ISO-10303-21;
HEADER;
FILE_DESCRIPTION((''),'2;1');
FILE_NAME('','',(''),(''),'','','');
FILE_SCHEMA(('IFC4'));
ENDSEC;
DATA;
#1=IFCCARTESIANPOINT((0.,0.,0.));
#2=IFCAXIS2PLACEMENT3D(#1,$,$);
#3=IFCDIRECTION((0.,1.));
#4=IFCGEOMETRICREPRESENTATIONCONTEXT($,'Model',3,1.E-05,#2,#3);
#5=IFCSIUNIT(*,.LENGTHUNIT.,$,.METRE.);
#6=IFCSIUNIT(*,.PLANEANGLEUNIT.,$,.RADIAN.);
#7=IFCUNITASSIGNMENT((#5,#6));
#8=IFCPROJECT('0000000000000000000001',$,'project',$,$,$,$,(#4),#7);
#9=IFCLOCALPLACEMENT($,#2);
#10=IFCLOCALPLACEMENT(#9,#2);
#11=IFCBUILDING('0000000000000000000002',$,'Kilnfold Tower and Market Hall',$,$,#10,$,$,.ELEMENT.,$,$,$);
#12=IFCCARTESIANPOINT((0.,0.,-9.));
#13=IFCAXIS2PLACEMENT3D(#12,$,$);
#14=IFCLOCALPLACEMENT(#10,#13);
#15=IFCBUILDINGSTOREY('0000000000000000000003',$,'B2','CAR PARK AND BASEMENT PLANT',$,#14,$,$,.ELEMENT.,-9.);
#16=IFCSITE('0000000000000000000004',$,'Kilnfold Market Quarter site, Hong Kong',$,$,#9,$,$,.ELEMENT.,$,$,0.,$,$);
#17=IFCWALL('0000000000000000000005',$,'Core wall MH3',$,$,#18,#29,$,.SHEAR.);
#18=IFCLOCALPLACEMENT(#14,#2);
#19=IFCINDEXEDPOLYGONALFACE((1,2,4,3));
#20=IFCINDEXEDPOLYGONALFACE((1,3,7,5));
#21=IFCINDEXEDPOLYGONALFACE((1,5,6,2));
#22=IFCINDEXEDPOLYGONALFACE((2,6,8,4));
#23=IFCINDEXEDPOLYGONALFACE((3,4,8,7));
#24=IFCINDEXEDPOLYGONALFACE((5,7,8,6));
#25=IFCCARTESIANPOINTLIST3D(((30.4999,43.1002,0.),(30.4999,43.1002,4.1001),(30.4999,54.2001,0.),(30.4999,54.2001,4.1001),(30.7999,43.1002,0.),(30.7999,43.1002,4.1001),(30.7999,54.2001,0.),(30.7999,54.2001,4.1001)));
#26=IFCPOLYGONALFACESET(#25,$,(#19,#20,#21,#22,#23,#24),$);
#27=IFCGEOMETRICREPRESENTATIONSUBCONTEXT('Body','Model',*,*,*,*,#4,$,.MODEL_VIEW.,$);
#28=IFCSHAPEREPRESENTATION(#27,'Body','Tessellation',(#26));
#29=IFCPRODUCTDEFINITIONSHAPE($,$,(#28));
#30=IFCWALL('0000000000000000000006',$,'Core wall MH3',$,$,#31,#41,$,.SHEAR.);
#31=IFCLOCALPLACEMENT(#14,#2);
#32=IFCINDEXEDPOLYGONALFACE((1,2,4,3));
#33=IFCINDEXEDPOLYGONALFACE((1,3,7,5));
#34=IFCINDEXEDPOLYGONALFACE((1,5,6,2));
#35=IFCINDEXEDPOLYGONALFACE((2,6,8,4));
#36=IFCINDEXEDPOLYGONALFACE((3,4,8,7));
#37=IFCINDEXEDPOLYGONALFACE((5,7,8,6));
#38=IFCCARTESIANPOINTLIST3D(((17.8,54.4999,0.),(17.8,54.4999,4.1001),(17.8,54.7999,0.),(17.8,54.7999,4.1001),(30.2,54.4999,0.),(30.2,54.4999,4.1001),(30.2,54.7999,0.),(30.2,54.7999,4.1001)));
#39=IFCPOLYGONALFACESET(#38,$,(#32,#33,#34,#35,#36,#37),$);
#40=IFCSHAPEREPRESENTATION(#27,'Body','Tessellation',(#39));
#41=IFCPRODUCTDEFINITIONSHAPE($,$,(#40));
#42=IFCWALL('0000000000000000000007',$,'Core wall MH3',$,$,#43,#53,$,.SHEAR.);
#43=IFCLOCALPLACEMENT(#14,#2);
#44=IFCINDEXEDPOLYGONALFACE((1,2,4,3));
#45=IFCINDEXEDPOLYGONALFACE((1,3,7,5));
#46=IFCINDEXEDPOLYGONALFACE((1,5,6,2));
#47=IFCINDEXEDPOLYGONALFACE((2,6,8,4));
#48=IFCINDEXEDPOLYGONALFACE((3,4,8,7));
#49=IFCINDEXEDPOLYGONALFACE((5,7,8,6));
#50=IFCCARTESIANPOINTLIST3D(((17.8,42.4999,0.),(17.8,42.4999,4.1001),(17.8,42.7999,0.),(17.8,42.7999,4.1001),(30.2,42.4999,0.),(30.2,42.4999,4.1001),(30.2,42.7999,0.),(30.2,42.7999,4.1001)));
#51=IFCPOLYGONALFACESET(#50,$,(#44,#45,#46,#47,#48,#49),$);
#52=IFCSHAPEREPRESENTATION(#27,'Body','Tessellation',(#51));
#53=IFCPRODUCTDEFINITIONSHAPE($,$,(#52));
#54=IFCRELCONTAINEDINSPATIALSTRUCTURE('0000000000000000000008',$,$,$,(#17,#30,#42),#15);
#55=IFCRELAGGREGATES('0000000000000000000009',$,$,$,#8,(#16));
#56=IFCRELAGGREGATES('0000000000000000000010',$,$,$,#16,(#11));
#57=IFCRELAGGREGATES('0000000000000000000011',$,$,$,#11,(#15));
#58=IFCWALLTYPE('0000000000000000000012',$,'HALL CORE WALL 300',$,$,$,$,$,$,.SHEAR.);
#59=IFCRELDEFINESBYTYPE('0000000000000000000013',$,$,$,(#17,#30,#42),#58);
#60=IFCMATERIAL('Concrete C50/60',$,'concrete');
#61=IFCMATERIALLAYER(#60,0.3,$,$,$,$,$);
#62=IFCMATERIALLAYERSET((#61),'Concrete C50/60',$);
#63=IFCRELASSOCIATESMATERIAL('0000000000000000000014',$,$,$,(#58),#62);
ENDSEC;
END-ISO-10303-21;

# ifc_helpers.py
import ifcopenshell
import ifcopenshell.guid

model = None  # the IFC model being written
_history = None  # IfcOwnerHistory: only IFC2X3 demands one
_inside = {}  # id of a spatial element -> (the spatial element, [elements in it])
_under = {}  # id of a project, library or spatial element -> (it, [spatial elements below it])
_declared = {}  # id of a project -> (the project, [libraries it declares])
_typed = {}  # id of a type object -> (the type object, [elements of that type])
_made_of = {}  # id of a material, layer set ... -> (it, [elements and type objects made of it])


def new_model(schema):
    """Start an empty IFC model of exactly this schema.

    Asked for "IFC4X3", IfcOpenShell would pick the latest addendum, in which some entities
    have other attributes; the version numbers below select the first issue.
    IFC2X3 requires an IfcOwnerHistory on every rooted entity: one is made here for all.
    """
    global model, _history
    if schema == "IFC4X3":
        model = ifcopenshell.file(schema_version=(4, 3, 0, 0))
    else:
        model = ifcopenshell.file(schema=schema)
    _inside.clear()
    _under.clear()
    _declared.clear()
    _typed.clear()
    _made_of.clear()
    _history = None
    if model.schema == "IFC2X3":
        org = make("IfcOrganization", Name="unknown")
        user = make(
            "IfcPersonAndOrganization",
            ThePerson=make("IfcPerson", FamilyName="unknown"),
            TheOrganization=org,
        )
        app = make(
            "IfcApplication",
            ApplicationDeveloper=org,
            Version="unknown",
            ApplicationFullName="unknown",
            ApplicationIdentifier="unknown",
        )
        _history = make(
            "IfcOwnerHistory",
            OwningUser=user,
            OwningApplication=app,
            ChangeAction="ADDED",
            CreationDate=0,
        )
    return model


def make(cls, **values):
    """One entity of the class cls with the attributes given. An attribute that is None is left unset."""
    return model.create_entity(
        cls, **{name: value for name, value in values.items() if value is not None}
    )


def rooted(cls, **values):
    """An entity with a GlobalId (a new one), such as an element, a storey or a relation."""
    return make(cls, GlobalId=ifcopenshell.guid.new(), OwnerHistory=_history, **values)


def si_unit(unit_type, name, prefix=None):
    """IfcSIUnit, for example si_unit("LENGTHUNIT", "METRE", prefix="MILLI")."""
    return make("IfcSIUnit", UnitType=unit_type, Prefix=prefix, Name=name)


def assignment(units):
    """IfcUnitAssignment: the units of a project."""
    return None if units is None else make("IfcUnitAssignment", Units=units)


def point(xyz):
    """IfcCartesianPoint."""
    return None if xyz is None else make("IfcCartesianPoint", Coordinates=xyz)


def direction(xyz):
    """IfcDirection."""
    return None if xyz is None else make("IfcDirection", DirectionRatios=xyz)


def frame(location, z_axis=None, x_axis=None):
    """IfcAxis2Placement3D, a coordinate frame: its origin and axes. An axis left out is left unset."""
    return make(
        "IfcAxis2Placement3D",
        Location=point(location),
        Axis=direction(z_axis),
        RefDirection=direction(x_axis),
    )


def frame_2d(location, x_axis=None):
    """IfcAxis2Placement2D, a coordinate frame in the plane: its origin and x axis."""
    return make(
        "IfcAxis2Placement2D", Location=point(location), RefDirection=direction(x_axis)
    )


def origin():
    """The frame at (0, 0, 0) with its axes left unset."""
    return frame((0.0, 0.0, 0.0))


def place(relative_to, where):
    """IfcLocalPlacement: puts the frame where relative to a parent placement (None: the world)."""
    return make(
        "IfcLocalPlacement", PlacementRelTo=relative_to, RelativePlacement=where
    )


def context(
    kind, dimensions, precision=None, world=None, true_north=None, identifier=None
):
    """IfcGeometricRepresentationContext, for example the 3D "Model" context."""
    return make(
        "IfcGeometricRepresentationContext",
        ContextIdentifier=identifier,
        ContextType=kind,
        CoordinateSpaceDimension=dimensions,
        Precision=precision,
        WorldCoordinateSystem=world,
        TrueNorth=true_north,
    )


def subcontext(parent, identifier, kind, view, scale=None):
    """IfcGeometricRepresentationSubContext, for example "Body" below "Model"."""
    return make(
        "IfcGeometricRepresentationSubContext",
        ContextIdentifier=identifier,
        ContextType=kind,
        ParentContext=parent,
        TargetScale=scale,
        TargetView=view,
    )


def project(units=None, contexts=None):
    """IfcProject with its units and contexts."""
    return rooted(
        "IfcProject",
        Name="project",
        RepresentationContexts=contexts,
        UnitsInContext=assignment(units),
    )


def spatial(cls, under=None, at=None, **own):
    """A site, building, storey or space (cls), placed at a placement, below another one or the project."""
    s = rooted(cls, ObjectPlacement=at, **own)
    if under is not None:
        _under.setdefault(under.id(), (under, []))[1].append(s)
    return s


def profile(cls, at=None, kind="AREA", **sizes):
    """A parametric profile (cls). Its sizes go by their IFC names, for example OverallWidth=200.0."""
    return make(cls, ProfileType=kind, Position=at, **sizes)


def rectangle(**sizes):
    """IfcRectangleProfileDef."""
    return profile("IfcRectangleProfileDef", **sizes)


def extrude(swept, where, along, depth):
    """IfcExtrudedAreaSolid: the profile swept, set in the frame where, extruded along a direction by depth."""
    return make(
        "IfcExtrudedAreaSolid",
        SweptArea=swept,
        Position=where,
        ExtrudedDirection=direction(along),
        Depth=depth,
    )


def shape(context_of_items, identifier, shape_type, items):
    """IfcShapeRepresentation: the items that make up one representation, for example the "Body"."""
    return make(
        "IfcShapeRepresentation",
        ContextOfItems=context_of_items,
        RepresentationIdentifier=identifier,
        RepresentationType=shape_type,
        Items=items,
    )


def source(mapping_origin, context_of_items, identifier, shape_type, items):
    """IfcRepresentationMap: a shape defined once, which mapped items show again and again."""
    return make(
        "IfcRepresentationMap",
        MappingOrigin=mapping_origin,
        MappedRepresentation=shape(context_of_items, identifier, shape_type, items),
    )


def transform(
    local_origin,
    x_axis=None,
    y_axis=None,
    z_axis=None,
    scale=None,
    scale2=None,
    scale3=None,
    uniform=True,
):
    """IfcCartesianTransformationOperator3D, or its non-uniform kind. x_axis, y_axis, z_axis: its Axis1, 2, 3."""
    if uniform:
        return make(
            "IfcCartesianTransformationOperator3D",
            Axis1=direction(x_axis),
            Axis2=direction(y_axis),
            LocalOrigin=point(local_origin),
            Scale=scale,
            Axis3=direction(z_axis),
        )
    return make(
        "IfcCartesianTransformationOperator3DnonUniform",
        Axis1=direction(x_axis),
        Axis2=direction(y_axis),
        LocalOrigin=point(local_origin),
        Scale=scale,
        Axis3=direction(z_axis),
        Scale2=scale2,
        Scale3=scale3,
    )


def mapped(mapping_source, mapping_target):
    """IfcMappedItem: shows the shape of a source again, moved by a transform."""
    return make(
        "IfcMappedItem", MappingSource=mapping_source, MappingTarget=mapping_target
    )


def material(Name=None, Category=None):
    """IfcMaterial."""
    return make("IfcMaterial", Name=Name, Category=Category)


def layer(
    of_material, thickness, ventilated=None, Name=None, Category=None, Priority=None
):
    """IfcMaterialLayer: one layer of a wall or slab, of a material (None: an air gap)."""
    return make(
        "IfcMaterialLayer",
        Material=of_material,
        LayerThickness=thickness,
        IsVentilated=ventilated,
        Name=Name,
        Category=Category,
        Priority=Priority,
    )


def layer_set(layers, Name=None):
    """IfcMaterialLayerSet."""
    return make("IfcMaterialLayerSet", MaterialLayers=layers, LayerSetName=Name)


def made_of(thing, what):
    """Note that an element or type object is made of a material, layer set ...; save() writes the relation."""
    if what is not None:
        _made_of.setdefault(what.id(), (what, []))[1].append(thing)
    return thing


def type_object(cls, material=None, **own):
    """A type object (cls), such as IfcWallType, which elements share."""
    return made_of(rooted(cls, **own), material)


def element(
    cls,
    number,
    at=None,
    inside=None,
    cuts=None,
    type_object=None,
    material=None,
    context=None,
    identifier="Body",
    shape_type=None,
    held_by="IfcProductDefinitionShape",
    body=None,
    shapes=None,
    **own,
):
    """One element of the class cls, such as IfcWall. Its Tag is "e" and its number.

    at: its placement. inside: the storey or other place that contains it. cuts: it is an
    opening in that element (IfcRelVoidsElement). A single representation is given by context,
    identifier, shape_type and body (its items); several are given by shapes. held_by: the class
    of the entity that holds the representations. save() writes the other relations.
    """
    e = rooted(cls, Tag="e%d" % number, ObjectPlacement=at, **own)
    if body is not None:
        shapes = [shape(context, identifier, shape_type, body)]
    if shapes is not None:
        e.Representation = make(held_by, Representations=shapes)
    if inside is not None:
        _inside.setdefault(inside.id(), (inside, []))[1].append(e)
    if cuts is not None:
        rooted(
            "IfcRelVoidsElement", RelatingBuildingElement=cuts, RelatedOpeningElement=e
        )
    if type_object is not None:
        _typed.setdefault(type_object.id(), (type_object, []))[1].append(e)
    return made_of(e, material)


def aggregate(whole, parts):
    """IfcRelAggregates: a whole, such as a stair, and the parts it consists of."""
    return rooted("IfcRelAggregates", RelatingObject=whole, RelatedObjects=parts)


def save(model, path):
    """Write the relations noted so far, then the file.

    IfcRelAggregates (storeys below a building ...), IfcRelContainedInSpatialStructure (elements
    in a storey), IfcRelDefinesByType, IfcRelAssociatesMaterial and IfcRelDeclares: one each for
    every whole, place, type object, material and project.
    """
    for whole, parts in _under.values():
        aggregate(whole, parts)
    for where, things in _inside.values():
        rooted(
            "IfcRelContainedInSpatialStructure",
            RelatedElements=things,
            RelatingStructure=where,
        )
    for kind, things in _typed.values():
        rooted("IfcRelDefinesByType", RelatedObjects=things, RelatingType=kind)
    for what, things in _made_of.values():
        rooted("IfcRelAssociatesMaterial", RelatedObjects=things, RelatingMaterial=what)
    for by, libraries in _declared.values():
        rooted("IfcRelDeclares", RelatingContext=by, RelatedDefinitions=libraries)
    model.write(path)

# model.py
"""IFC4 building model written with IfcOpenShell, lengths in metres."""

from ifc_helpers import new_model, si_unit, direction, frame, frame_2d, origin, place, context, subcontext, project, spatial, rectangle, extrude, source, transform, mapped, material, layer, layer_set, type_object, element, save


model = new_model("IFC4")

# Units and contexts
model_context = context("Model", 3, precision=1e-05, world=origin(), true_north=direction((0.0, 1.0)))
body_context = subcontext(model_context, "Body", "Model", "MODEL_VIEW")
ifc_project = project(units=[si_unit("LENGTHUNIT", "METRE"), si_unit("PLANEANGLEUNIT", "RADIAN")], contexts=[model_context])

# Site, building, storey
site_placement = place(None, origin())
site = spatial("IfcSite", under=ifc_project, at=site_placement, Name="Kilnfold Market Quarter site, Hong Kong", CompositionType="ELEMENT", RefElevation=0.0)
building_placement = place(site_placement, origin())
building = spatial("IfcBuilding", under=site, at=building_placement, Name="Kilnfold Tower and Market Hall", CompositionType="ELEMENT")
storey_placement = place(building_placement, frame((0.0, 0.0, -9.0)))
storey = spatial("IfcBuildingStorey", under=building, at=storey_placement, Name="B2", Description="CAR PARK AND BASEMENT PLANT", CompositionType="ELEMENT", Elevation=-9.0)

# Walls
ifc_material_1 = material(Name="Concrete C50/60", Category="concrete")
ifc_layer = layer(ifc_material_1, 0.3)
ifc_layer_set = layer_set([ifc_layer], Name="Concrete C50/60")
wall_type = type_object("IfcWallType", Name="HALL CORE WALL 300", PredefinedType="SHEAR", material=ifc_layer_set)
shared_shape_1 = source(origin(), body_context, "Body", "SweptSolid", [
    extrude(rectangle(XDim=11.0999, YDim=0.3, at=frame_2d((5.5498, 0.0))), origin(), (0.0, 0.0, 1.0), 4.1001),
])
wall_placement = place(storey_placement, frame((30.6499, 54.2, 0.0), z_axis=(0.0, 0.0, 1.0), x_axis=(0.0, -1.0, 0.0)))
element("IfcWall", 1, at=wall_placement, inside=storey, type_object=wall_type, Name="Core wall MH3", PredefinedType="SHEAR", context=body_context, shape_type="MappedRepresentation", body=[
    mapped(shared_shape_1, transform((0.0, 0.0, 0.0))),
])
shared_shape_2 = source(origin(), body_context, "Body", "SweptSolid", [
    extrude(rectangle(XDim=12.3999, YDim=0.3, at=frame_2d((6.2, 0.0))), origin(), (0.0, 0.0, 1.0), 4.1001),
])
for number, where, z_axis, x_axis, name in (
    (2, (30.2, 54.6499, 0.0), (0.0, 0.0, 1.0), (-1.0, 0.0, 0.0), "Core wall MH3"),
    (3, (30.2, 42.6499, 0.0), (0.0, 0.0, 1.0), (-1.0, 0.0, 0.0), "Core wall MH3"),
):
    element("IfcWall", number, at=place(storey_placement, frame(where, z_axis=z_axis, x_axis=x_axis)), inside=storey, type_object=wall_type, Name=name, PredefinedType="SHEAR", context=body_context, shape_type="MappedRepresentation", body=[
        mapped(shared_shape_2, transform((0.0, 0.0, 0.0))),
    ])

save(model, "model.ifc")
